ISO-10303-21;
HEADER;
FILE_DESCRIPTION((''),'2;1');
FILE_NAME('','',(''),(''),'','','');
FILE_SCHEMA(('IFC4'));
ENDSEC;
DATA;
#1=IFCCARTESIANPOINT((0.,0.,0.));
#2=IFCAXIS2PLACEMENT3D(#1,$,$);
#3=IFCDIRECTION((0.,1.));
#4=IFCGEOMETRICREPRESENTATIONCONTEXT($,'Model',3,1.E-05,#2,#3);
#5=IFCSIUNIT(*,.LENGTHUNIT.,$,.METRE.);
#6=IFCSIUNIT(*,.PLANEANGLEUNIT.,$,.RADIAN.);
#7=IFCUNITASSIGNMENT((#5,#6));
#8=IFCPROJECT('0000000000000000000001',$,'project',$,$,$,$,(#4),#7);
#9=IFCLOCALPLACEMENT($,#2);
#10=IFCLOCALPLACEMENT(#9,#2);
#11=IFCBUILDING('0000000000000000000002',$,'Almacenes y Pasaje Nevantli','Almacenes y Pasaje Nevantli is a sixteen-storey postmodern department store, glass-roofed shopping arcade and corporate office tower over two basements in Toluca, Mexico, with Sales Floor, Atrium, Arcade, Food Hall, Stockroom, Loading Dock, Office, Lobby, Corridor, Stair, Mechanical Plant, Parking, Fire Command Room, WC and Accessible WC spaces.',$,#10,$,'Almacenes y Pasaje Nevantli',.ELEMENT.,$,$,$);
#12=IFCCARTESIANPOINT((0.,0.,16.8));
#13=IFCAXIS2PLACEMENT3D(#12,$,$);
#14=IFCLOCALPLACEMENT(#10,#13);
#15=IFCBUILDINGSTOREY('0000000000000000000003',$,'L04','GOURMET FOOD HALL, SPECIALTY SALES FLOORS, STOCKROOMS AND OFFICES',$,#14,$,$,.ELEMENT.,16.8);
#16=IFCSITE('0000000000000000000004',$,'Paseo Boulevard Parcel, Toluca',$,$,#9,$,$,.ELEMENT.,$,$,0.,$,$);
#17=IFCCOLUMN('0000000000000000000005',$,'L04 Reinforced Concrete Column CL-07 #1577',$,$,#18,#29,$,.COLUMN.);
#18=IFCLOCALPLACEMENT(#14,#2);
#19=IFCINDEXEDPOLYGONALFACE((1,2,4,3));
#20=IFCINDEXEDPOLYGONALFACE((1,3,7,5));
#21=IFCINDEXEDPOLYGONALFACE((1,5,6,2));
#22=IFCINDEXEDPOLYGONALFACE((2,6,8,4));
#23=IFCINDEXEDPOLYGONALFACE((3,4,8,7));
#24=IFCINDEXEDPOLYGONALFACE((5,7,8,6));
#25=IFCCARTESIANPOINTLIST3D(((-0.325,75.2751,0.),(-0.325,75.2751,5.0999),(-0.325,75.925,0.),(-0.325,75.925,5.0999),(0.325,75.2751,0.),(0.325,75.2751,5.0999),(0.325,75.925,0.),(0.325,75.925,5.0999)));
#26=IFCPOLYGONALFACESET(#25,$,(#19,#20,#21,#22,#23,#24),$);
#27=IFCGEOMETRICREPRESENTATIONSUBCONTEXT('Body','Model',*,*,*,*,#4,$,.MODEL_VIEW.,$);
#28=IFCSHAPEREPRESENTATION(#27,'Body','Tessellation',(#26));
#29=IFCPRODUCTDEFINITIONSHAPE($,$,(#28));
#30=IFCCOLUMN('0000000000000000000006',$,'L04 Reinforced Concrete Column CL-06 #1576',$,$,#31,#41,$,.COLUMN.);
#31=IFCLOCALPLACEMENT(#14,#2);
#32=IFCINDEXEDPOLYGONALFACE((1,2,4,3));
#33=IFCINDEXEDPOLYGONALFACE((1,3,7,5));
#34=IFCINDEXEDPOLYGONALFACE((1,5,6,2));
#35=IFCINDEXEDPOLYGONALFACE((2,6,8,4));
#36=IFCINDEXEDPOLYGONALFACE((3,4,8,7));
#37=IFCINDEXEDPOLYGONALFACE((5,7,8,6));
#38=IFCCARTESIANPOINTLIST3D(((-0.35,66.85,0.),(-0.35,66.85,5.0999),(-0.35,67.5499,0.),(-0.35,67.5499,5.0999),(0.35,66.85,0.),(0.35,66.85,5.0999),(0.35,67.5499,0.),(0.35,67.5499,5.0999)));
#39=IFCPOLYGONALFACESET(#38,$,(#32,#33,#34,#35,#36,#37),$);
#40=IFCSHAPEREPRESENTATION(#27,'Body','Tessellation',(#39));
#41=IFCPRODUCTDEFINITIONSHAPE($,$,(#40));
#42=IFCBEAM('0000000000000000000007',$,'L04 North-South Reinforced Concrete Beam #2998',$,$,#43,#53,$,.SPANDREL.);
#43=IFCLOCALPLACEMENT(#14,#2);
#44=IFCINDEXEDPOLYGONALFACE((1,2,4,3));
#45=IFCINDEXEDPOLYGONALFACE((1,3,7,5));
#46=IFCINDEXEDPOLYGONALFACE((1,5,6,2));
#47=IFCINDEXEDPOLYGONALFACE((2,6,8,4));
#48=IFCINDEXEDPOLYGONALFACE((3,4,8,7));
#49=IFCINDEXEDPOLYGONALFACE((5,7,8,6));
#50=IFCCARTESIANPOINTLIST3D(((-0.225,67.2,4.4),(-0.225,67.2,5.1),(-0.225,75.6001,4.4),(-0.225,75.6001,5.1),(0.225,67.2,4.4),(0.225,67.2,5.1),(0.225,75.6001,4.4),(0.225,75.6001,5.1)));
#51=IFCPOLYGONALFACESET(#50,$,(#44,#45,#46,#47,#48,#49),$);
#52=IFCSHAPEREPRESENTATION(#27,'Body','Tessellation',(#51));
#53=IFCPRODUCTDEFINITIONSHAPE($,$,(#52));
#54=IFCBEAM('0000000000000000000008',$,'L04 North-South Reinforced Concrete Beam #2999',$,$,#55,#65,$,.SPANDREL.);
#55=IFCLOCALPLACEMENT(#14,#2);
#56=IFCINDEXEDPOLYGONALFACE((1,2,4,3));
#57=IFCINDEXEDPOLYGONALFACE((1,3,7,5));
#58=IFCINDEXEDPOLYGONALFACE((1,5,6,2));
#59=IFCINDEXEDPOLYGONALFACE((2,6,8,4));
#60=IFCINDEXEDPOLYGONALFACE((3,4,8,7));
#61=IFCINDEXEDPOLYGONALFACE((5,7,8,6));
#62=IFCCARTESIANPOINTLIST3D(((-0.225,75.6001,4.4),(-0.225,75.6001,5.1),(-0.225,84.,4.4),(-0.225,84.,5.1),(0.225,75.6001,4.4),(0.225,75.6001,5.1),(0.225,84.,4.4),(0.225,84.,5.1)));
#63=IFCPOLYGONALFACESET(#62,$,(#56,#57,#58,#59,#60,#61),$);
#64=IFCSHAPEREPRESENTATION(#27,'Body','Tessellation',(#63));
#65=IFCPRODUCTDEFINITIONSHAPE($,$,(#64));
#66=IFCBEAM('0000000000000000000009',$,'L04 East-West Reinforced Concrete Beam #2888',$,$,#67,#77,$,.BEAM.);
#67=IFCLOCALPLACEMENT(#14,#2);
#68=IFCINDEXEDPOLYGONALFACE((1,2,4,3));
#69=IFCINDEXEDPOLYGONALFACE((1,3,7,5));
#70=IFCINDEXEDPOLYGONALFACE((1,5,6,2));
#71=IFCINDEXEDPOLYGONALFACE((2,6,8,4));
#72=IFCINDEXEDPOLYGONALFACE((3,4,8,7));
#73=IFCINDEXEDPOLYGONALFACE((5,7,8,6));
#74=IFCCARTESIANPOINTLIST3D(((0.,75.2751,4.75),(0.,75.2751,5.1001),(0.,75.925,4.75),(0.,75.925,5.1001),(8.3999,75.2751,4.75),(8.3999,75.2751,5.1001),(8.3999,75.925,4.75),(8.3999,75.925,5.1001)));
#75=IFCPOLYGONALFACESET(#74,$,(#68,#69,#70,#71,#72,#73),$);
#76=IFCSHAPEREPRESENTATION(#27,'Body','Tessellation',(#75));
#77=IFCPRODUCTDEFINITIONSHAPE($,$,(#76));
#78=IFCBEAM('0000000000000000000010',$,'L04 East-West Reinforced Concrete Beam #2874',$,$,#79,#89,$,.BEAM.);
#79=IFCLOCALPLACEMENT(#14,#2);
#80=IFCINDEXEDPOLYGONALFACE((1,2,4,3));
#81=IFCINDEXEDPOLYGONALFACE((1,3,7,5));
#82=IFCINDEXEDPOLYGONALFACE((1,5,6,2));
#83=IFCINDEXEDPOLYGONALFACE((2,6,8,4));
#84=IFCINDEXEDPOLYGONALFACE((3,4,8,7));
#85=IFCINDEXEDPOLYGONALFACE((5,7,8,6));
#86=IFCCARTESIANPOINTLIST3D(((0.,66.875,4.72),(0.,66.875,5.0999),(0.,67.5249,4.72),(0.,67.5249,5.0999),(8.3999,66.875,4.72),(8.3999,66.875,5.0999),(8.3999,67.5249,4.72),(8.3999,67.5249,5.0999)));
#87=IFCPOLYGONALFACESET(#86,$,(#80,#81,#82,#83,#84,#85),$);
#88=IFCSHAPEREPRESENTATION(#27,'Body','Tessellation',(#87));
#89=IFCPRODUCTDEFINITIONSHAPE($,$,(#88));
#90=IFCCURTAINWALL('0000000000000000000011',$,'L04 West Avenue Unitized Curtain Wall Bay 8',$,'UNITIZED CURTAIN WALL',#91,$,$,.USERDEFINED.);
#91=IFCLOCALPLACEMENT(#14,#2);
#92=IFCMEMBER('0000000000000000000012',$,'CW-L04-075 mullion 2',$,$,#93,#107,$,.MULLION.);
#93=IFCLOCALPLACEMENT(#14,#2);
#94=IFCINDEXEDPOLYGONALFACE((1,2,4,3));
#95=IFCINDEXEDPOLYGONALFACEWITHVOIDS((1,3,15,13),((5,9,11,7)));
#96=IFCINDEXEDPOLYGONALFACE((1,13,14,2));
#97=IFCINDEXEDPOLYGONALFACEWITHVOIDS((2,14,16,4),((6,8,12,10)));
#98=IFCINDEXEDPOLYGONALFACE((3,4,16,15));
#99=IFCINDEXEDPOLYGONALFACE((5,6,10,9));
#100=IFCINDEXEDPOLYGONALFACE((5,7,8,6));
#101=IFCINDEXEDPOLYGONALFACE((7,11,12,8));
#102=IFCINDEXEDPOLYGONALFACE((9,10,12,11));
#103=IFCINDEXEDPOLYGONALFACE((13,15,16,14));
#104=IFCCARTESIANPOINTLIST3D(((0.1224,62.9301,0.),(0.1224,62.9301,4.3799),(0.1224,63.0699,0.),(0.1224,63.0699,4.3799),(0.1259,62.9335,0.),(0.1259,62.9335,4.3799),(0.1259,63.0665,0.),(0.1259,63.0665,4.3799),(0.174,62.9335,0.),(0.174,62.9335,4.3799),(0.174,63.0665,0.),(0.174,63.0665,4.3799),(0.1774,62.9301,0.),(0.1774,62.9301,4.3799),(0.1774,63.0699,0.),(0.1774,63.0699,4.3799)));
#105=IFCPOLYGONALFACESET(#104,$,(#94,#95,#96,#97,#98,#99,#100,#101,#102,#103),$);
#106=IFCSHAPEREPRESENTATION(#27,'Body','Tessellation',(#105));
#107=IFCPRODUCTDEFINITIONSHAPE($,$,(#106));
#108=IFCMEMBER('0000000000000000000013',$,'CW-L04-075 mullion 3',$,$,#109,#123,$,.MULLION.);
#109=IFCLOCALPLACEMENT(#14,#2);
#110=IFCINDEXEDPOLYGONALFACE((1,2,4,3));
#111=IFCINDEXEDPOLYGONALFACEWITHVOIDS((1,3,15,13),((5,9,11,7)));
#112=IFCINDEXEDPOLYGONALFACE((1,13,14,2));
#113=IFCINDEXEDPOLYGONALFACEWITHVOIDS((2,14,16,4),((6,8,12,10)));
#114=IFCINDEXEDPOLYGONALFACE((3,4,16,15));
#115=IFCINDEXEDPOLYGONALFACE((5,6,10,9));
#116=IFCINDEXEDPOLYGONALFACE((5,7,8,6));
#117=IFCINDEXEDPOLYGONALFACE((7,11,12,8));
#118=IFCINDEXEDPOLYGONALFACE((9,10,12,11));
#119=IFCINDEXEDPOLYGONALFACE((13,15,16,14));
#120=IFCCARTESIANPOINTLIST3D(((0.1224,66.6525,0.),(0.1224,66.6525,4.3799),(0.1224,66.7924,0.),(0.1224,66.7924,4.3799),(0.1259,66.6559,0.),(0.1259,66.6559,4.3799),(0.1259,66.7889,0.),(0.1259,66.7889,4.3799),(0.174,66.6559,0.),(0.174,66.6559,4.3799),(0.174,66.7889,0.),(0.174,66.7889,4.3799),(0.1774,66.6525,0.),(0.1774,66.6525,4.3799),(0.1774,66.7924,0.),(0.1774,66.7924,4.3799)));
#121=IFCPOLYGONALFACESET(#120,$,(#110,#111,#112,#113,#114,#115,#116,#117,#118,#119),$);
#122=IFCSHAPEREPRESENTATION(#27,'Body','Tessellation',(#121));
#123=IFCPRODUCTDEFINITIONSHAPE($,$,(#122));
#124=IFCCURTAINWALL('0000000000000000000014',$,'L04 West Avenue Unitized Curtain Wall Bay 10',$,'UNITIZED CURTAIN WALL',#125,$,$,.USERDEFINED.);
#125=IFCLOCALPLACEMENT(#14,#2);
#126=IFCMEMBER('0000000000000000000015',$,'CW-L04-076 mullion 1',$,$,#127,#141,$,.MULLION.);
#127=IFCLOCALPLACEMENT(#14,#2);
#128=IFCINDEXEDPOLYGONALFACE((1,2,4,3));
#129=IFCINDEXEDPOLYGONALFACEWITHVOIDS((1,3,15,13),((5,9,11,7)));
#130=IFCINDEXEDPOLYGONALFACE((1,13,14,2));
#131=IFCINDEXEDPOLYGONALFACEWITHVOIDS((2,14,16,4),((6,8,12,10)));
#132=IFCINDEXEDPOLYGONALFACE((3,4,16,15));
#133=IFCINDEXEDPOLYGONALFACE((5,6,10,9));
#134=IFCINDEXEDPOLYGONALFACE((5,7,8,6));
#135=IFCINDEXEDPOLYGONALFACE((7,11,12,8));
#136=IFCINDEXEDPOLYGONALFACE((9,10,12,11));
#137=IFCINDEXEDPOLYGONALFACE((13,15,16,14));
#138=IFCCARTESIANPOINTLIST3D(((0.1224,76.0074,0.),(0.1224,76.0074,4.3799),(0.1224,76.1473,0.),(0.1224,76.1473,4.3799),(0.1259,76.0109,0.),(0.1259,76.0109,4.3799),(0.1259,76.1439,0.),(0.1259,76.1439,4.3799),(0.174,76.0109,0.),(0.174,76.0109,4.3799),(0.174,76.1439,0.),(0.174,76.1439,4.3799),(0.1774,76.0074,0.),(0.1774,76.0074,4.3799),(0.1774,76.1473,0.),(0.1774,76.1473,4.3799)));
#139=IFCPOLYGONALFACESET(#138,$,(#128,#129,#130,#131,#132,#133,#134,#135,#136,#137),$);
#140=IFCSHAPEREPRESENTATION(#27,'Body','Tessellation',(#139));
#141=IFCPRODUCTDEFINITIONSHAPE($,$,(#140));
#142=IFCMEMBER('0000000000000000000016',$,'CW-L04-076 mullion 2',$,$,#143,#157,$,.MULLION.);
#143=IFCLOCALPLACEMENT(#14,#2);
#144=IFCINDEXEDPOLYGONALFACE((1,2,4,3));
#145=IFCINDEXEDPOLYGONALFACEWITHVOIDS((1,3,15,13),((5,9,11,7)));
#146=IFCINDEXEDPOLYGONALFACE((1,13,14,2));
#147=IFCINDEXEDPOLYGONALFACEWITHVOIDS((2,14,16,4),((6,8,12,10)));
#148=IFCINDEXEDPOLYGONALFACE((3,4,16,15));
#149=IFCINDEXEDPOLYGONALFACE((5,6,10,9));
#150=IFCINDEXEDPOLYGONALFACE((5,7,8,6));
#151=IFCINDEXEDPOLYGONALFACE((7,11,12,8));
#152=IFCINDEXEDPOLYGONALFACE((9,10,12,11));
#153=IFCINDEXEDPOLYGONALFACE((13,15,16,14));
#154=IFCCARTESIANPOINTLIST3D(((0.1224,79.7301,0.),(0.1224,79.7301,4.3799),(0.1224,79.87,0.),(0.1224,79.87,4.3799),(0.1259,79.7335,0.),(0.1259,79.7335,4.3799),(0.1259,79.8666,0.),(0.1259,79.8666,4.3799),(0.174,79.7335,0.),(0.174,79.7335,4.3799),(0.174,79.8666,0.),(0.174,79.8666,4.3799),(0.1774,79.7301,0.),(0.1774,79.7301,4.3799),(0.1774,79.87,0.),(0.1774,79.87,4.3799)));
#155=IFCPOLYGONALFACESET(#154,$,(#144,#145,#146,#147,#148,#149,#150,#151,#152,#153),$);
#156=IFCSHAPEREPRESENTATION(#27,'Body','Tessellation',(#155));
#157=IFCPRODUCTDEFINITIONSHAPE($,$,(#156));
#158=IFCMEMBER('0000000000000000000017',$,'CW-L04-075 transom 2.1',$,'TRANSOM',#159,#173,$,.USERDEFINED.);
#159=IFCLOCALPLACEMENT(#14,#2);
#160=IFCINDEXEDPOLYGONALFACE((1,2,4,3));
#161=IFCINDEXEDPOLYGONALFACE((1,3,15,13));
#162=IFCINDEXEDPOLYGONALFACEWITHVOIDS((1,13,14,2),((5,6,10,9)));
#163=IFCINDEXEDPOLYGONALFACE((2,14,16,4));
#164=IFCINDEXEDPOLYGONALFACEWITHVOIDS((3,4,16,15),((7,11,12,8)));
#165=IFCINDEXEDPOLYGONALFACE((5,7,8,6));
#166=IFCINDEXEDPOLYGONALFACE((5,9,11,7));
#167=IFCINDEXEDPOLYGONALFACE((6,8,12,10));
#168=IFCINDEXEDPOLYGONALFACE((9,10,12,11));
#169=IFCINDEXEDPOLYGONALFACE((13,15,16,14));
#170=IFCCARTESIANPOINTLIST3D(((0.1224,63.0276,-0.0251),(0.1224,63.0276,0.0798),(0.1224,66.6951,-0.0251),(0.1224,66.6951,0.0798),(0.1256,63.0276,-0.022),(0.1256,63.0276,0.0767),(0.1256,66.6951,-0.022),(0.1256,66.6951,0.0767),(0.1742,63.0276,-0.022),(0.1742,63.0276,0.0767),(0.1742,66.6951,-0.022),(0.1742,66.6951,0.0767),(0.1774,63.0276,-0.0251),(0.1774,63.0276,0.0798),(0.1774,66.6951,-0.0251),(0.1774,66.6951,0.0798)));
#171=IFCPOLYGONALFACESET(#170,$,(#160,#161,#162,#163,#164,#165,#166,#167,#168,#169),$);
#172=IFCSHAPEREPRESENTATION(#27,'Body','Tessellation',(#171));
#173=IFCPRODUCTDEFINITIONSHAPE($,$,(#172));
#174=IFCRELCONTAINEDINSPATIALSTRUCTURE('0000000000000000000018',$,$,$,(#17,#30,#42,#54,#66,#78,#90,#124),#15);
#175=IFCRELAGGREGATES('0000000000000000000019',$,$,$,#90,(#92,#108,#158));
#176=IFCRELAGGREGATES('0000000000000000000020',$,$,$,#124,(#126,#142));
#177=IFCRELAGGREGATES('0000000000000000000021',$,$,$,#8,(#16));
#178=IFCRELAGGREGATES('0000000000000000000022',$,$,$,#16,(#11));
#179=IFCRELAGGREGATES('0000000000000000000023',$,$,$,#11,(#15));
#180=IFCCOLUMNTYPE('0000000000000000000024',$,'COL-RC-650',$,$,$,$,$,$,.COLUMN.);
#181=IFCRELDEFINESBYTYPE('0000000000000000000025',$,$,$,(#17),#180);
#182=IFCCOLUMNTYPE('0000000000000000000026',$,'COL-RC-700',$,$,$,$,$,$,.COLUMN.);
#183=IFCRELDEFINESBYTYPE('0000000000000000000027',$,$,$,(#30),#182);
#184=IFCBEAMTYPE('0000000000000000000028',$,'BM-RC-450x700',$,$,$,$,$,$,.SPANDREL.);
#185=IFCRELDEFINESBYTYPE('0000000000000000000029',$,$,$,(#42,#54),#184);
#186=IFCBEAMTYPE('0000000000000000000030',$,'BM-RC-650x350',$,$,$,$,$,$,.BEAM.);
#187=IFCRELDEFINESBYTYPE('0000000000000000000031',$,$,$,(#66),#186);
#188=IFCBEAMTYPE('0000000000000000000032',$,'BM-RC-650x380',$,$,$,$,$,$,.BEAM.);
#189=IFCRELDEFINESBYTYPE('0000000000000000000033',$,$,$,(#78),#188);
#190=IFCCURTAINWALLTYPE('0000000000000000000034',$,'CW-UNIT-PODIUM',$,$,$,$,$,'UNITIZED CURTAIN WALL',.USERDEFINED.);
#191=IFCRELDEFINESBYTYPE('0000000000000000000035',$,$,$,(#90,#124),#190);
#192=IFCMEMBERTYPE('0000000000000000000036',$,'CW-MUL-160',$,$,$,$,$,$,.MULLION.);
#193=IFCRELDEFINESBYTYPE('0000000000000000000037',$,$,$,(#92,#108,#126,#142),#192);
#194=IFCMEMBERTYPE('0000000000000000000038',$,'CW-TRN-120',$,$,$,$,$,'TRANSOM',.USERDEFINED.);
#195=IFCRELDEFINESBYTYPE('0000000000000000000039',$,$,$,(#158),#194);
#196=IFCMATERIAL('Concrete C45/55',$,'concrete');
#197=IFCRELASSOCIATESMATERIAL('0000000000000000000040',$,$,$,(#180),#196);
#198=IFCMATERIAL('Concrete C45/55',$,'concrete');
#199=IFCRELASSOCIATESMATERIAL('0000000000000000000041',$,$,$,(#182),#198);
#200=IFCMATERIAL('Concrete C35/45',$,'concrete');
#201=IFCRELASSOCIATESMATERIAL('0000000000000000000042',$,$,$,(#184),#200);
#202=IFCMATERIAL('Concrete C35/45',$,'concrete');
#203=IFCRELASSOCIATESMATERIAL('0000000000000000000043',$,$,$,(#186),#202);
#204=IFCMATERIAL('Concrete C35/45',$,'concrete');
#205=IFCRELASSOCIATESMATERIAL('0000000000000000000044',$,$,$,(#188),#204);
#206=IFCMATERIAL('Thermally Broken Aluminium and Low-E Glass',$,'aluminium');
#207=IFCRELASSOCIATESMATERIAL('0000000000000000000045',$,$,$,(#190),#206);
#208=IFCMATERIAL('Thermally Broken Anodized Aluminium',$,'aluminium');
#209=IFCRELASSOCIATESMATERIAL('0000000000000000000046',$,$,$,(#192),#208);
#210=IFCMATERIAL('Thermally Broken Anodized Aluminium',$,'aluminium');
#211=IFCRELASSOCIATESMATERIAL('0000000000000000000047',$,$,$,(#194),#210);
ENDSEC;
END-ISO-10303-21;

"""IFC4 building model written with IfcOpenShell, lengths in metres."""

from ifc_helpers import new_model, si_unit, direction, frame, origin, origin_2d, place, context, subcontext, project, spatial, rectangle, hollow_rectangle, extrude, material, material_profile, profile_set, type_object, element, aggregate, save


model = new_model("IFC4")

# Units and contexts
model_context = context("Model", 3, precision=1e-05, world=origin(), true_north=direction((0.0, 1.0)))
body_context = subcontext(model_context, "Body", "Model", "MODEL_VIEW")
ifc_project = project(units=[si_unit("LENGTHUNIT", "METRE"), si_unit("PLANEANGLEUNIT", "RADIAN")], contexts=[model_context])

# Site, building, storey
site_placement = place(None, origin())
site = spatial("IfcSite", under=ifc_project, at=site_placement, Name="Paseo Boulevard Parcel, Toluca", CompositionType="ELEMENT", RefElevation=0.0)
building_placement = place(site_placement, origin())
building = spatial("IfcBuilding", under=site, at=building_placement, Name="Almacenes y Pasaje Nevantli", Description="Almacenes y Pasaje Nevantli is a sixteen-storey postmodern department store, glass-roofed shopping arcade and corporate office tower over two basements in Toluca, Mexico, with Sales Floor, Atrium, Arcade, Food Hall, Stockroom, Loading Dock, Office, Lobby, Corridor, Stair, Mechanical Plant, Parking, Fire Command Room, WC and Accessible WC spaces.", LongName="Almacenes y Pasaje Nevantli", CompositionType="ELEMENT")
storey_placement = place(building_placement, frame((0.0, 0.0, 16.8)))
storey = spatial("IfcBuildingStorey", under=building, at=storey_placement, Name="L04", Description="GOURMET FOOD HALL, SPECIALTY SALES FLOORS, STOCKROOMS AND OFFICES", CompositionType="ELEMENT", Elevation=16.8)

# Columns
ifc_material_1 = material(Name="Concrete C45/55", Category="concrete")
ifc_material_profile_1 = material_profile(ifc_material_1, rectangle(XDim=0.6499, YDim=0.6499, at=origin_2d()), Name="RC-COL-650x650")
ifc_profile_set_1 = profile_set([ifc_material_profile_1], Name="Concrete C45/55")
column_type_1 = type_object("IfcColumnType", Name="COL-RC-650", PredefinedType="COLUMN", material=ifc_profile_set_1)
column_1_placement = place(storey_placement, frame((0.0, 75.6001, 0.0), z_axis=(0.0, 0.0, 1.0), x_axis=(1.0, 0.0, 0.0)))
element("IfcColumn", 1, at=column_1_placement, inside=storey, type_object=column_type_1, Name="L04 Reinforced Concrete Column CL-07 #1577", PredefinedType="COLUMN", context=body_context, shape_type="SweptSolid", body=[
    extrude(rectangle(XDim=0.6499, YDim=0.6499, at=origin_2d()), origin(), (0.0, 0.0, 1.0), 5.0999),
])
ifc_material_2 = material(Name="Concrete C45/55", Category="concrete")
ifc_material_profile_2 = material_profile(ifc_material_2, rectangle(XDim=0.7, YDim=0.7, at=origin_2d()), Name="RC-COL-700x700")
ifc_profile_set_2 = profile_set([ifc_material_profile_2], Name="Concrete C45/55")
column_type_2 = type_object("IfcColumnType", Name="COL-RC-700", PredefinedType="COLUMN", material=ifc_profile_set_2)
column_2_placement = place(storey_placement, frame((0.0, 67.2, 0.0), z_axis=(0.0, 0.0, 1.0), x_axis=(1.0, 0.0, 0.0)))
element("IfcColumn", 2, at=column_2_placement, inside=storey, type_object=column_type_2, Name="L04 Reinforced Concrete Column CL-06 #1576", PredefinedType="COLUMN", context=body_context, shape_type="SweptSolid", body=[
    extrude(rectangle(XDim=0.7, YDim=0.7, at=origin_2d()), origin(), (0.0, 0.0, 1.0), 5.0999),
])

# Beams
ifc_material_3 = material(Name="Concrete C35/45", Category="concrete")
ifc_material_profile_3 = material_profile(ifc_material_3, rectangle(XDim=0.45, YDim=0.7, at=origin_2d()), Name="RC-BM-450x700")
ifc_profile_set_3 = profile_set([ifc_material_profile_3], Name="Concrete C35/45")
beam_type_1 = type_object("IfcBeamType", Name="BM-RC-450x700", PredefinedType="SPANDREL", material=ifc_profile_set_3)
beam_1_placement = place(storey_placement, frame((0.0, 67.2, 4.75), z_axis=(0.0, 1.0, 0.0), x_axis=(-1.0, 0.0, 0.0)))
element("IfcBeam", 3, at=beam_1_placement, inside=storey, type_object=beam_type_1, Name="L04 North-South Reinforced Concrete Beam #2998", PredefinedType="SPANDREL", context=body_context, shape_type="SweptSolid", body=[
    extrude(rectangle(XDim=0.45, YDim=0.7, at=origin_2d()), origin(), (0.0, 0.0, 1.0), 8.4001),
])
beam_2_placement = place(storey_placement, frame((0.0, 75.6001, 4.75), z_axis=(0.0, 1.0, 0.0), x_axis=(-1.0, 0.0, 0.0)))
element("IfcBeam", 4, at=beam_2_placement, inside=storey, type_object=beam_type_1, Name="L04 North-South Reinforced Concrete Beam #2999", PredefinedType="SPANDREL", context=body_context, shape_type="SweptSolid", body=[
    extrude(rectangle(XDim=0.45, YDim=0.7, at=origin_2d()), origin(), (0.0, 0.0, 1.0), 8.3999),
])
ifc_material_4 = material(Name="Concrete C35/45", Category="concrete")
ifc_material_profile_4 = material_profile(ifc_material_4, rectangle(XDim=0.6499, YDim=0.3501, at=origin_2d()), Name="RC-BM-650x350")
ifc_profile_set_4 = profile_set([ifc_material_profile_4], Name="Concrete C35/45")
beam_type_2 = type_object("IfcBeamType", Name="BM-RC-650x350", PredefinedType="BEAM", material=ifc_profile_set_4)
beam_3_placement = place(storey_placement, frame((0.0, 75.6001, 4.925), z_axis=(1.0, 0.0, 0.0), x_axis=(0.0, 1.0, 0.0)))
element("IfcBeam", 5, at=beam_3_placement, inside=storey, type_object=beam_type_2, Name="L04 East-West Reinforced Concrete Beam #2888", PredefinedType="BEAM", context=body_context, shape_type="SweptSolid", body=[
    extrude(rectangle(XDim=0.6499, YDim=0.3501, at=origin_2d()), origin(), (0.0, 0.0, 1.0), 8.3999),
])
ifc_material_5 = material(Name="Concrete C35/45", Category="concrete")
ifc_material_profile_5 = material_profile(ifc_material_5, rectangle(XDim=0.6499, YDim=0.3799, at=origin_2d()), Name="RC-BM-650x380")
ifc_profile_set_5 = profile_set([ifc_material_profile_5], Name="Concrete C35/45")
beam_type_3 = type_object("IfcBeamType", Name="BM-RC-650x380", PredefinedType="BEAM", material=ifc_profile_set_5)
beam_4_placement = place(storey_placement, frame((0.0, 67.2, 4.9099), z_axis=(1.0, 0.0, 0.0), x_axis=(0.0, 1.0, 0.0)))
element("IfcBeam", 6, at=beam_4_placement, inside=storey, type_object=beam_type_3, Name="L04 East-West Reinforced Concrete Beam #2874", PredefinedType="BEAM", context=body_context, shape_type="SweptSolid", body=[
    extrude(rectangle(XDim=0.6499, YDim=0.3799, at=origin_2d()), origin(), (0.0, 0.0, 1.0), 8.3999),
])

# Curtain walls, members
ifc_material_6 = material(Name="Thermally Broken Aluminium and Low-E Glass", Category="aluminium")
curtain_wall_type = type_object("IfcCurtainWallType", Name="CW-UNIT-PODIUM", ElementType="UNITIZED CURTAIN WALL", PredefinedType="USERDEFINED", material=ifc_material_6)
curtain_wall_1_placement = place(storey_placement, origin())
curtain_wall_1 = element("IfcCurtainWall", 7, at=curtain_wall_1_placement, inside=storey, type_object=curtain_wall_type, Name="L04 West Avenue Unitized Curtain Wall Bay 8", ObjectType="UNITIZED CURTAIN WALL", PredefinedType="USERDEFINED")
ifc_material_7 = material(Name="Thermally Broken Anodized Aluminium", Category="aluminium")
ifc_material_profile_6 = material_profile(ifc_material_7, hollow_rectangle(XDim=0.0549, YDim=0.1399, WallThickness=0.0034, at=origin_2d()), Name="ALU-MUL-55x140")
ifc_profile_set_6 = profile_set([ifc_material_profile_6], Name="Thermally Broken Anodized Aluminium")
member_type_1 = type_object("IfcMemberType", Name="CW-MUL-160", PredefinedType="MULLION", material=ifc_profile_set_6)
member_1_placement = place(storey_placement, frame((0.1499, 63.0, 0.0), z_axis=(0.0, 0.0, 1.0), x_axis=(-1.0, 0.0, 0.0)))
member_1 = element("IfcMember", 8, at=member_1_placement, type_object=member_type_1, Name="CW-L04-075 mullion 2", PredefinedType="MULLION", context=body_context, shape_type="SweptSolid", body=[
    extrude(hollow_rectangle(XDim=0.0549, YDim=0.1399, WallThickness=0.0034, at=origin_2d()), origin(), (0.0, 0.0, 1.0), 4.3799),
])
member_2_placement = place(storey_placement, frame((0.1499, 66.7224, 0.0), z_axis=(0.0, 0.0, 1.0), x_axis=(-1.0, 0.0, 0.0)))
member_2 = element("IfcMember", 9, at=member_2_placement, type_object=member_type_1, Name="CW-L04-075 mullion 3", PredefinedType="MULLION", context=body_context, shape_type="SweptSolid", body=[
    extrude(hollow_rectangle(XDim=0.0549, YDim=0.1399, WallThickness=0.0034, at=origin_2d()), origin(), (0.0, 0.0, 1.0), 4.3799),
])
curtain_wall_2_placement = place(storey_placement, origin())
curtain_wall_2 = element("IfcCurtainWall", 10, at=curtain_wall_2_placement, inside=storey, type_object=curtain_wall_type, Name="L04 West Avenue Unitized Curtain Wall Bay 10", ObjectType="UNITIZED CURTAIN WALL", PredefinedType="USERDEFINED")
member_3_placement = place(storey_placement, frame((0.1499, 76.0774, 0.0), z_axis=(0.0, 0.0, 1.0), x_axis=(-1.0, 0.0, 0.0)))
member_3 = element("IfcMember", 11, at=member_3_placement, type_object=member_type_1, Name="CW-L04-076 mullion 1", PredefinedType="MULLION", context=body_context, shape_type="SweptSolid", body=[
    extrude(hollow_rectangle(XDim=0.0549, YDim=0.1399, WallThickness=0.0034, at=origin_2d()), origin(), (0.0, 0.0, 1.0), 4.3799),
])
member_4_placement = place(storey_placement, frame((0.1499, 79.8, 0.0), z_axis=(0.0, 0.0, 1.0), x_axis=(-1.0, 0.0, 0.0)))
member_4 = element("IfcMember", 12, at=member_4_placement, type_object=member_type_1, Name="CW-L04-076 mullion 2", PredefinedType="MULLION", context=body_context, shape_type="SweptSolid", body=[
    extrude(hollow_rectangle(XDim=0.0549, YDim=0.1399, WallThickness=0.0034, at=origin_2d()), origin(), (0.0, 0.0, 1.0), 4.3799),
])

# Member
ifc_material_8 = material(Name="Thermally Broken Anodized Aluminium", Category="aluminium")
ifc_material_profile_7 = material_profile(ifc_material_8, hollow_rectangle(XDim=0.0549, YDim=0.105, WallThickness=0.0032, at=origin_2d()), Name="ALU-TRN-55x105")
ifc_profile_set_7 = profile_set([ifc_material_profile_7], Name="Thermally Broken Anodized Aluminium")
member_type_2 = type_object("IfcMemberType", Name="CW-TRN-120", ElementType="TRANSOM", PredefinedType="USERDEFINED", material=ifc_profile_set_7)
member_5_placement = place(storey_placement, frame((0.1499, 63.0276, 0.0273), z_axis=(0.0, 1.0, 0.0), x_axis=(-1.0, 0.0, 0.0)))
member_5 = element("IfcMember", 13, at=member_5_placement, type_object=member_type_2, Name="CW-L04-075 transom 2.1", ObjectType="TRANSOM", PredefinedType="USERDEFINED", context=body_context, shape_type="SweptSolid", body=[
    extrude(hollow_rectangle(XDim=0.0549, YDim=0.105, WallThickness=0.0032, at=origin_2d()), origin(), (0.0, 0.0, 1.0), 3.6675),
])

aggregate(curtain_wall_1, [member_1, member_2, member_5])
aggregate(curtain_wall_2, [member_3, member_4])

save(model, "model.ifc")
